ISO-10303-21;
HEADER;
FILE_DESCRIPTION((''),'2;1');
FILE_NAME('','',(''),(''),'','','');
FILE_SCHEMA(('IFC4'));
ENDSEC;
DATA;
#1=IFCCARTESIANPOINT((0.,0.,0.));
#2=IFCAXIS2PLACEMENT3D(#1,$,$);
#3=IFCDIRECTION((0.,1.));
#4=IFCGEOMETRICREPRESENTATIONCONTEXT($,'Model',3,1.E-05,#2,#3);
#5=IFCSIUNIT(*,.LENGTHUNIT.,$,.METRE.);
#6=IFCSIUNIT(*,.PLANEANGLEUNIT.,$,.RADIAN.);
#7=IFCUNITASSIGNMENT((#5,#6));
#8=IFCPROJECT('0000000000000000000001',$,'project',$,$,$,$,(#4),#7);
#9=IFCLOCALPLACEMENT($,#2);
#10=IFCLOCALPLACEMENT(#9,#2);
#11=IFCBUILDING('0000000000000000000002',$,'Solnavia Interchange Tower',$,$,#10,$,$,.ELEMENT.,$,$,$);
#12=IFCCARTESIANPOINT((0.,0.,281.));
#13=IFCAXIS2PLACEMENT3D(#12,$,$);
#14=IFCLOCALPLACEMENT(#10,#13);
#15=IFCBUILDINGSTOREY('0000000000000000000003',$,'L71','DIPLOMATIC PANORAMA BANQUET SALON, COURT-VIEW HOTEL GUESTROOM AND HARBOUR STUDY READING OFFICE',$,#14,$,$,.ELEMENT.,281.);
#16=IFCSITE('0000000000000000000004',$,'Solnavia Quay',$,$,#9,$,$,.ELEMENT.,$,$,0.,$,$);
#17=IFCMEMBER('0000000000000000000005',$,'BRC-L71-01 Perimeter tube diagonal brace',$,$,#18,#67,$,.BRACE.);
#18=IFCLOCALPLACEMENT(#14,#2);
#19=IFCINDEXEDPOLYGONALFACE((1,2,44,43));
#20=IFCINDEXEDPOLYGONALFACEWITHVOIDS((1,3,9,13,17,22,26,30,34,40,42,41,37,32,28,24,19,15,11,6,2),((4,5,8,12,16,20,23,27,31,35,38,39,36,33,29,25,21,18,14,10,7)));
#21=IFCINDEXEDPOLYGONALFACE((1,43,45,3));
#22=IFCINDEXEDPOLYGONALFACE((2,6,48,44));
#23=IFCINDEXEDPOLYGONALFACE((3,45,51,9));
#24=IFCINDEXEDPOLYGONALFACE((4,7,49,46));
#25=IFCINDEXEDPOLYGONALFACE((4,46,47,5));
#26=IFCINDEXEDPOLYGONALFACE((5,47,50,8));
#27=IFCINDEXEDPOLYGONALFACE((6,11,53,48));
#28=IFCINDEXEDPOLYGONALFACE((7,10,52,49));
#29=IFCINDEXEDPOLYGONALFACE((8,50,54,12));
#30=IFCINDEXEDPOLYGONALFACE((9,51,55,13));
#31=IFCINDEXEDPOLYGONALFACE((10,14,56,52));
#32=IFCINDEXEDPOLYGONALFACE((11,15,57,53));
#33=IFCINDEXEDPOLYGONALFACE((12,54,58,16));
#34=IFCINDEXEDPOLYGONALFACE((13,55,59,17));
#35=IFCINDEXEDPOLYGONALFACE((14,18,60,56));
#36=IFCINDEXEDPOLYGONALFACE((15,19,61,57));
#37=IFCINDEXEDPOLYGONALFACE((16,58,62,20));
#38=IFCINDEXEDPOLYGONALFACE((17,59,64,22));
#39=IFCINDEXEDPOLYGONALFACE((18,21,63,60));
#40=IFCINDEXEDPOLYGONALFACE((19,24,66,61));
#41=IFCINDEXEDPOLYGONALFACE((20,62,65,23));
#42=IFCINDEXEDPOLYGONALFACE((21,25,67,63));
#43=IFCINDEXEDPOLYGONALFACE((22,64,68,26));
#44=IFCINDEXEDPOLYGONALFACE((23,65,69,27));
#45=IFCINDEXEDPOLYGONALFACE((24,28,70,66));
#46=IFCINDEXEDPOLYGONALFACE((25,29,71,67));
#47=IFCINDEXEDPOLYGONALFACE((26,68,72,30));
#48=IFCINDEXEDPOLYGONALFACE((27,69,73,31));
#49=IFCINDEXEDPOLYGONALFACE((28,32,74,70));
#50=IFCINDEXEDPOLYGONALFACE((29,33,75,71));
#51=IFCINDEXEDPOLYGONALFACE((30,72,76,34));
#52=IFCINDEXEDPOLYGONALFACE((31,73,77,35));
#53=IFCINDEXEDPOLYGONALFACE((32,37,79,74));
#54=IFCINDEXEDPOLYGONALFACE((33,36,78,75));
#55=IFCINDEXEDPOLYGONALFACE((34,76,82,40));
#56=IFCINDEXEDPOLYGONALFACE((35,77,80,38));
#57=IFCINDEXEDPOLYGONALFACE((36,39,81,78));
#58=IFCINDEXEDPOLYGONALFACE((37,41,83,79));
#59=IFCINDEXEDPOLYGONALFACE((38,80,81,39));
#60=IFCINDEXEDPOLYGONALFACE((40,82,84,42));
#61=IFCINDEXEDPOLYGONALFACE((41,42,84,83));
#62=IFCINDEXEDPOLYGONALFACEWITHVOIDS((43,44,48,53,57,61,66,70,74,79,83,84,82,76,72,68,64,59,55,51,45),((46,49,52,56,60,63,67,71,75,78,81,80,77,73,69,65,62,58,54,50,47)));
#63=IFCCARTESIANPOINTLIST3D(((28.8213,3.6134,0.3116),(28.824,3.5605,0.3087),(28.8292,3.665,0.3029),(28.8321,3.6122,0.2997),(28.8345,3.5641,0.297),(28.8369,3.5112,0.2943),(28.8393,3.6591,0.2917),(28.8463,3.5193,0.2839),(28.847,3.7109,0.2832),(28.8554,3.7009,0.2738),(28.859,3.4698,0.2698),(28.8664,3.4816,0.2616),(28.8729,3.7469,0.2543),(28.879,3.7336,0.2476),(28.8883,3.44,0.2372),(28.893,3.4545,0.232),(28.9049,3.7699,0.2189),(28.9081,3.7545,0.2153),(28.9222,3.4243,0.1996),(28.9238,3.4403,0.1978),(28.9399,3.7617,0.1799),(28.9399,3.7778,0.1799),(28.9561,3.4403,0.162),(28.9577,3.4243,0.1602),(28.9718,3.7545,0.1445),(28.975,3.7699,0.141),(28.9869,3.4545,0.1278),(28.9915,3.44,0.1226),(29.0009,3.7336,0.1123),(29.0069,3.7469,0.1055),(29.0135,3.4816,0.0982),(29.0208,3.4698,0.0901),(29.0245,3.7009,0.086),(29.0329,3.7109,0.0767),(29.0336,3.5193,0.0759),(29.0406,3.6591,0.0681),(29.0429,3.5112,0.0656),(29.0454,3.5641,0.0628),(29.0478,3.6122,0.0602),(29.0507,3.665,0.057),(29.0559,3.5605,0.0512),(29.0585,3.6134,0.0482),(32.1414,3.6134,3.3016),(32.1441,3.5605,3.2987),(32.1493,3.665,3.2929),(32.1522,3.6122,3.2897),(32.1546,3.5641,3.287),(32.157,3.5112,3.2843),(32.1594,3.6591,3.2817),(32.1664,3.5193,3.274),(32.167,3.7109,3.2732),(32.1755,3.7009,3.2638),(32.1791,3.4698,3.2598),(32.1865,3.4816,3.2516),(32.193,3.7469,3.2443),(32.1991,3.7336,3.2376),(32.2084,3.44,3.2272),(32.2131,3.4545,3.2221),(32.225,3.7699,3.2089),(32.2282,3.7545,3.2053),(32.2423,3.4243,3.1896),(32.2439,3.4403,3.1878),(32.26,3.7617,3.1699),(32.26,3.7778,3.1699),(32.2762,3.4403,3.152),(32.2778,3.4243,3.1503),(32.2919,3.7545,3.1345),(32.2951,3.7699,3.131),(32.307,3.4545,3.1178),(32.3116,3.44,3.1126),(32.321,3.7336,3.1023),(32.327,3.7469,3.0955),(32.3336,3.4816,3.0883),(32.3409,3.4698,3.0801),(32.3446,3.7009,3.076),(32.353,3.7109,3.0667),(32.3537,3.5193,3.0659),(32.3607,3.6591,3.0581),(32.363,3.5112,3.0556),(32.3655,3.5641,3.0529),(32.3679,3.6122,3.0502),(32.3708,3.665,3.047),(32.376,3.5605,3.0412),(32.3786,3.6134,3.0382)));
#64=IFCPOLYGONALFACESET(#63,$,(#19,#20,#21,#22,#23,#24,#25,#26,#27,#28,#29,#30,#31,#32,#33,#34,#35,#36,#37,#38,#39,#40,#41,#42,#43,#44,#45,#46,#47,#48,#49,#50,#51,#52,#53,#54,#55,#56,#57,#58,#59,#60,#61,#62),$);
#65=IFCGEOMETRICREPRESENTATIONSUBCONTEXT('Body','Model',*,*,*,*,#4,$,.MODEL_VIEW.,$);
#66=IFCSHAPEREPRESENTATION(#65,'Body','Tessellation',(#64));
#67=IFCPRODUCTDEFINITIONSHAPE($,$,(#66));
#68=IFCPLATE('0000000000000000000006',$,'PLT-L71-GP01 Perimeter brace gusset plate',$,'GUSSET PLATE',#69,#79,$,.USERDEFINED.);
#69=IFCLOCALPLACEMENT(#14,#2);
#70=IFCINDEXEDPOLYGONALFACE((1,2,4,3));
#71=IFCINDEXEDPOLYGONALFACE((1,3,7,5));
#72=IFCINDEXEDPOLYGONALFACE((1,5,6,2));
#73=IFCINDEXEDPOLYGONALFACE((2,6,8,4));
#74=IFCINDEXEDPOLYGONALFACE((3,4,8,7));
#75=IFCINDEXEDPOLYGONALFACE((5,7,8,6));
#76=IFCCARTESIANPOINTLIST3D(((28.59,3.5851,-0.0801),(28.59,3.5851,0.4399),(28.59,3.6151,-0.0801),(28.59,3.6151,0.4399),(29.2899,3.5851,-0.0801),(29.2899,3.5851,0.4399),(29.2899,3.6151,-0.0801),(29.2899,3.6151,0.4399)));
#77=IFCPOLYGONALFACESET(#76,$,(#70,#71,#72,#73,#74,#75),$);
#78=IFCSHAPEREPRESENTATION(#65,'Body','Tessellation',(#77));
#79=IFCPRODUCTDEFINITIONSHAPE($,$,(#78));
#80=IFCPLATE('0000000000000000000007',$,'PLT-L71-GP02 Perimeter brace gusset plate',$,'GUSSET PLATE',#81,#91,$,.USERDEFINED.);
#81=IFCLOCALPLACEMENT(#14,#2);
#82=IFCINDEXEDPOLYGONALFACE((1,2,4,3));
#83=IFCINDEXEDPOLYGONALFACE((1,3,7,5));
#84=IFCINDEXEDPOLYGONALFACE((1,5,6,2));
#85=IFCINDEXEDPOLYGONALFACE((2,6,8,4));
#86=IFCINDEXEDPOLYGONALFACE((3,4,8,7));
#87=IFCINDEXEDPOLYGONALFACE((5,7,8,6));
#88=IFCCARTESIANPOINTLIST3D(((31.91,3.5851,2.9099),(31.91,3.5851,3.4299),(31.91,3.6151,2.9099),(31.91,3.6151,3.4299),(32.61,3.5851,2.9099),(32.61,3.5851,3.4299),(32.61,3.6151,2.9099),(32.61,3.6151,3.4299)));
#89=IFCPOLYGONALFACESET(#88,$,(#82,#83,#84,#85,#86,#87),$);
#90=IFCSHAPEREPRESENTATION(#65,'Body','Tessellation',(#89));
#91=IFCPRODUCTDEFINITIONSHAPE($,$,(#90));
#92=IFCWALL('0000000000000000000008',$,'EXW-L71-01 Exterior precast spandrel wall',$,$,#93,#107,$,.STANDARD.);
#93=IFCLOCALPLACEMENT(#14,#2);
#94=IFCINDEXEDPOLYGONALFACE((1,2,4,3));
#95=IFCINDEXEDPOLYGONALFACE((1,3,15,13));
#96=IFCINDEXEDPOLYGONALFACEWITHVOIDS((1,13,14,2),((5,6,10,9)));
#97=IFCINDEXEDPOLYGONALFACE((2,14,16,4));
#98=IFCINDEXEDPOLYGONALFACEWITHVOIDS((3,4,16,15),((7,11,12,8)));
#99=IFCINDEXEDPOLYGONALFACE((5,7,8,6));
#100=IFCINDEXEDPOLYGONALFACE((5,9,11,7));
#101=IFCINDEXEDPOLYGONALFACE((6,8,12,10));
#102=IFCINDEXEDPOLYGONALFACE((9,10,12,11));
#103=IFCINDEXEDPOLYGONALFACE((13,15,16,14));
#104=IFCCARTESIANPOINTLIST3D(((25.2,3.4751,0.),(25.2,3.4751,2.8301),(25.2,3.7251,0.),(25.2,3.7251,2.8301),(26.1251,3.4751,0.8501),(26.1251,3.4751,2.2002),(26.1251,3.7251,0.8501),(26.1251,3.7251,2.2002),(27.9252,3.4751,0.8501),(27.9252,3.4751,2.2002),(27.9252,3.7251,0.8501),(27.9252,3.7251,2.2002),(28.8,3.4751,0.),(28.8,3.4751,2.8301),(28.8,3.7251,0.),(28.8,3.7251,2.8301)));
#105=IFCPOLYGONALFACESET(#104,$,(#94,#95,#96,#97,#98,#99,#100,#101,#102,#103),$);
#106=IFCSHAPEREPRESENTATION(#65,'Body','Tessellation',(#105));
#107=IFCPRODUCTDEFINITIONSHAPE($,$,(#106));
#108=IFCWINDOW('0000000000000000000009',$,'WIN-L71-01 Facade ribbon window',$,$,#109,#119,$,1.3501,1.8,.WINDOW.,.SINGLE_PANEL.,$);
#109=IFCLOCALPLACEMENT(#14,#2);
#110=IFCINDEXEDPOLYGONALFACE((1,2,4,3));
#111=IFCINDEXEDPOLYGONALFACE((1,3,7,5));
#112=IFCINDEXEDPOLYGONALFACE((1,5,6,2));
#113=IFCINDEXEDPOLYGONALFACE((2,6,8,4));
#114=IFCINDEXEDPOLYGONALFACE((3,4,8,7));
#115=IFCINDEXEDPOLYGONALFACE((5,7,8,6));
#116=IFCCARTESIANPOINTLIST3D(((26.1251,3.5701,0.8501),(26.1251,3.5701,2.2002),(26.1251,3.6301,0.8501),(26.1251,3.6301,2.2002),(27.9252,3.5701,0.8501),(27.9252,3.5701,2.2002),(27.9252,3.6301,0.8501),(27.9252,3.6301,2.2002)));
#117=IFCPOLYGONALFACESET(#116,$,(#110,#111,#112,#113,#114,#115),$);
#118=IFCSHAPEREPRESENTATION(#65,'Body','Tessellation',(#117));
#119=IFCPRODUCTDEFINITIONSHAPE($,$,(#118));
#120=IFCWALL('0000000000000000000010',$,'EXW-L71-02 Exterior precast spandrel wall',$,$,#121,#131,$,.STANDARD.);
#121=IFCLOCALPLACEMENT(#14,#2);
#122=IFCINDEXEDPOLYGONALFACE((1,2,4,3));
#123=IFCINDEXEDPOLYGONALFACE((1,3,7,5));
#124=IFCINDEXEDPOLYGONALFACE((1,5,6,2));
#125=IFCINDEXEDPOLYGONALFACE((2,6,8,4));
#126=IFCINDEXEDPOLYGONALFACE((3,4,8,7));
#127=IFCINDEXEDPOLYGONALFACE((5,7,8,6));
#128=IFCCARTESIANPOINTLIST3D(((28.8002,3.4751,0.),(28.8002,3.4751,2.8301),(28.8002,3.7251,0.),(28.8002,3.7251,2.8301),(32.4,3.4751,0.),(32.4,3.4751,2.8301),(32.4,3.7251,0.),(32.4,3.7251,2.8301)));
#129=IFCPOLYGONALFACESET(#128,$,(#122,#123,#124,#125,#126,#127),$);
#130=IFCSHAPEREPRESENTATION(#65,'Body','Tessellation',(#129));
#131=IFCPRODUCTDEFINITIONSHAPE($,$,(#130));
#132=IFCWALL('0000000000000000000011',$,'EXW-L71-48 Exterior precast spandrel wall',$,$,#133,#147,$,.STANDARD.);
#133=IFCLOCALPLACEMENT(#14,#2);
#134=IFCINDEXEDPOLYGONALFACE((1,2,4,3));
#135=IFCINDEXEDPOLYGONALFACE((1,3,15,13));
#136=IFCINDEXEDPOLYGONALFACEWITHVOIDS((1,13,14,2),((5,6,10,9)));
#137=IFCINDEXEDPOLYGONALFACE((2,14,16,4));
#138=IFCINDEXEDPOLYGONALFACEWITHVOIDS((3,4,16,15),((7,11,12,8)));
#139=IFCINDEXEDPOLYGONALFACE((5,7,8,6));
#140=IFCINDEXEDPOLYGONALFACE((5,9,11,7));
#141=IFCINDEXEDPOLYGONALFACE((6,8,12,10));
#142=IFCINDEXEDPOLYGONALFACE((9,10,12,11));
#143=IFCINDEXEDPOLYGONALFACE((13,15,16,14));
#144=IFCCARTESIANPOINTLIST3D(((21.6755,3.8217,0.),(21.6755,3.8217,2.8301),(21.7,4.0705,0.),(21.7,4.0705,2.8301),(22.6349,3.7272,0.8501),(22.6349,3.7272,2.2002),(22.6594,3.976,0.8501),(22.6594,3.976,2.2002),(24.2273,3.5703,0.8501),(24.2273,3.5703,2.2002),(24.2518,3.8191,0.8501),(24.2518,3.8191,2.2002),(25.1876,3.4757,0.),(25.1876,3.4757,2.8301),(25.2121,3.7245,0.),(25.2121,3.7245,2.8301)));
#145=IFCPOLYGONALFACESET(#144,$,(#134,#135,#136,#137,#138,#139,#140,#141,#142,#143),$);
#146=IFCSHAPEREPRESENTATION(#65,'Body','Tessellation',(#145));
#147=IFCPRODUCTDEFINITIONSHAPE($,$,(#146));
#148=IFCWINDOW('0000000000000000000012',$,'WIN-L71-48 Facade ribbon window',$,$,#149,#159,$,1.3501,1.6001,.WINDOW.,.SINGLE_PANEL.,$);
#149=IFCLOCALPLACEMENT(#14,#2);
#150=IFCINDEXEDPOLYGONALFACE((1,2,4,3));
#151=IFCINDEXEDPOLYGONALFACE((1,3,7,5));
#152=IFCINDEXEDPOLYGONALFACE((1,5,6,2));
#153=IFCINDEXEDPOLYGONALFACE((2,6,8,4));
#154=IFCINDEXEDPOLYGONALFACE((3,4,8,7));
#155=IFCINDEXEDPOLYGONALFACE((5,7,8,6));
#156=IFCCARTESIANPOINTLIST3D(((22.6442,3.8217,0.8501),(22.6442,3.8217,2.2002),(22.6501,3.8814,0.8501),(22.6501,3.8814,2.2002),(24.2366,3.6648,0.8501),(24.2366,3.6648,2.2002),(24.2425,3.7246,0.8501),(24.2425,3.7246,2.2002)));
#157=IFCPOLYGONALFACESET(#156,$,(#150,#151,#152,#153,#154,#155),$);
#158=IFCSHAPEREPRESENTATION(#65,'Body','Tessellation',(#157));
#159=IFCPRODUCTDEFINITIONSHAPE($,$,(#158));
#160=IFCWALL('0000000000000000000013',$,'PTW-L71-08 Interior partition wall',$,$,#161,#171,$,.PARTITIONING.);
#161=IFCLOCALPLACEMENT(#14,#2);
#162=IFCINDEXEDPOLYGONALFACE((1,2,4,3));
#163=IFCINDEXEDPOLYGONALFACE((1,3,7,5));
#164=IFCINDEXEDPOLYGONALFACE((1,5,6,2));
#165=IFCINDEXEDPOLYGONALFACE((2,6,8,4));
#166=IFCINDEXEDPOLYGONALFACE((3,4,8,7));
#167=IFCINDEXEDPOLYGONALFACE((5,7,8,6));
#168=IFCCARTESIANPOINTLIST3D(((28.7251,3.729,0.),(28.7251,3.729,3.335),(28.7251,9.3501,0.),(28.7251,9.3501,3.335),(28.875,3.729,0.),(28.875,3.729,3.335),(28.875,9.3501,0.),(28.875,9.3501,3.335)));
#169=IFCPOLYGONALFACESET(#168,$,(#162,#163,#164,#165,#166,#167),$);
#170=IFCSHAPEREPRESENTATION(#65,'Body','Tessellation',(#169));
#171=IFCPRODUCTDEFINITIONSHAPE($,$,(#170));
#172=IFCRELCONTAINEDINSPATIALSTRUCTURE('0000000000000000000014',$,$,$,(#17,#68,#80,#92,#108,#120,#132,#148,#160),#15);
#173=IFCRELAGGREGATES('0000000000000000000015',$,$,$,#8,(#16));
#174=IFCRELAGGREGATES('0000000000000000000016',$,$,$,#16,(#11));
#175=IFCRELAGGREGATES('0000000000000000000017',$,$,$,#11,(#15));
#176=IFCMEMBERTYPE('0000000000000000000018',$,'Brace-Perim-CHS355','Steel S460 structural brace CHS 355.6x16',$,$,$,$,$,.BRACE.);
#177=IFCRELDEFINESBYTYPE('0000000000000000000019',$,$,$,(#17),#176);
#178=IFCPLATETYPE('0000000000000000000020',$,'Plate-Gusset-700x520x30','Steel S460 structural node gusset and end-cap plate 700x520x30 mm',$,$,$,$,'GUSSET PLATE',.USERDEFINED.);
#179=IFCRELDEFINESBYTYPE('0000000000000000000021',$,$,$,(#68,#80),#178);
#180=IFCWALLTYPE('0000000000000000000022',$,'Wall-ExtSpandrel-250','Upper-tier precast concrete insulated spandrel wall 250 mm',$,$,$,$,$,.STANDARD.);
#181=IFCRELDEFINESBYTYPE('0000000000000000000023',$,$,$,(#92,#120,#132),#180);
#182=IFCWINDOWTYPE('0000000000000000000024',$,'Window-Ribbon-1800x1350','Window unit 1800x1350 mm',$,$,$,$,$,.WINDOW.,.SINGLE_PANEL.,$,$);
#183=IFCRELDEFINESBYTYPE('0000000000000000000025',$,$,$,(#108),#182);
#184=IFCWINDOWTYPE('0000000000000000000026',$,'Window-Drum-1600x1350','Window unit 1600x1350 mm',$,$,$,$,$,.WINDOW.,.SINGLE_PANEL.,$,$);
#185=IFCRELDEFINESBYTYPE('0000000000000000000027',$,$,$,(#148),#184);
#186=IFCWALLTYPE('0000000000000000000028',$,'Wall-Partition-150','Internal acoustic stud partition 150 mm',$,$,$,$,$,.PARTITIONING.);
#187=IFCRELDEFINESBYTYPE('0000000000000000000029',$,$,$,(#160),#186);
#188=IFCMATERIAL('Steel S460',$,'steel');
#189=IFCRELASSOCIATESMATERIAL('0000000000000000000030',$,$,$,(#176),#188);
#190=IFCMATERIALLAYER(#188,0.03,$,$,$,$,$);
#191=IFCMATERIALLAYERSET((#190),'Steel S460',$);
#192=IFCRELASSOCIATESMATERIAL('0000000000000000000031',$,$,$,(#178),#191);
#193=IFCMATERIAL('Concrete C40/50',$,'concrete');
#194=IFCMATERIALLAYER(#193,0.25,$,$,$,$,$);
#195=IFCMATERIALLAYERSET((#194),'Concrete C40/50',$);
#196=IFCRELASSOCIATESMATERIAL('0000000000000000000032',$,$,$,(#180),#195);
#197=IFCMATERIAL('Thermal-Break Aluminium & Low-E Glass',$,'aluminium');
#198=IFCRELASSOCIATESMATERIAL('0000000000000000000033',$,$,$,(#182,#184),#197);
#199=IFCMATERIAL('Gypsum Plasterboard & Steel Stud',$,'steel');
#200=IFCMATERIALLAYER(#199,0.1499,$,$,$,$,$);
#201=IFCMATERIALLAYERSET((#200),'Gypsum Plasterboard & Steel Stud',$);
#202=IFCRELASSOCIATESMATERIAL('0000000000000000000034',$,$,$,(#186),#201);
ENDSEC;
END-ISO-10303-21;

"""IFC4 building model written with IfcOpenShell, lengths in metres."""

from ifc_helpers import new_model, si_unit, direction, frame, frame_2d, origin, origin_2d, place, context, subcontext, project, spatial, rectangle, hollow_circle, extrude, material, layer, layer_set, material_profile, profile_set, type_object, element, fill, save


model = new_model("IFC4")

# Units and contexts
model_context = context("Model", 3, precision=1e-05, world=origin(), true_north=direction((0.0, 1.0)))
body_context = subcontext(model_context, "Body", "Model", "MODEL_VIEW")
ifc_project = project(units=[si_unit("LENGTHUNIT", "METRE"), si_unit("PLANEANGLEUNIT", "RADIAN")], contexts=[model_context])

# Site, building, storey
site_placement = place(None, origin())
site = spatial("IfcSite", under=ifc_project, at=site_placement, Name="Solnavia Quay", CompositionType="ELEMENT", RefElevation=0.0)
building_placement = place(site_placement, origin())
building = spatial("IfcBuilding", under=site, at=building_placement, Name="Solnavia Interchange Tower", CompositionType="ELEMENT")
storey_placement = place(building_placement, frame((0.0, 0.0, 281.0)))
storey = spatial("IfcBuildingStorey", under=building, at=storey_placement, Name="L71", Description="DIPLOMATIC PANORAMA BANQUET SALON, COURT-VIEW HOTEL GUESTROOM AND HARBOUR STUDY READING OFFICE", CompositionType="ELEMENT", Elevation=281.0)

# Shared definitions
ifc_material_1 = material(Name="Steel S460", Category="steel")

# Member
ifc_material_profile_1 = material_profile(ifc_material_1, hollow_circle(Radius=0.1777, WallThickness=0.0161, at=origin_2d()), Name="CHS 355.6x16")
ifc_profile_set_1 = profile_set([ifc_material_profile_1], Name="Steel S460")
member_type = type_object("IfcMemberType", Name="Brace-Perim-CHS355", Description="Steel S460 structural brace CHS 355.6x16", PredefinedType="BRACE", material=ifc_profile_set_1)
member_placement = place(storey_placement, frame((28.9399, 3.6001, 0.1799), z_axis=(0.743079, 0.0, 0.669203), x_axis=(0.0, 1.0, 0.0)))
element("IfcMember", 1, at=member_placement, inside=storey, type_object=member_type, Name="BRC-L71-01 Perimeter tube diagonal brace", PredefinedType="BRACE", context=body_context, shape_type="SweptSolid", body=[
    extrude(hollow_circle(Radius=0.1777, WallThickness=0.0161, at=origin_2d()), origin(), (0.0, 0.0, 1.0), 4.468),
])

# Plates
ifc_layer_1 = layer(ifc_material_1, 0.03)
ifc_layer_set_1 = layer_set([ifc_layer_1], Name="Steel S460")
plate_type = type_object("IfcPlateType", Name="Plate-Gusset-700x520x30", Description="Steel S460 structural node gusset and end-cap plate 700x520x30 mm", ElementType="GUSSET PLATE", PredefinedType="USERDEFINED", material=ifc_layer_set_1)
for number, where, z_axis, x_axis, name in (
    (2, (28.9399, 3.6001, -0.0801), (0.0, 0.0, 1.0), (1.0, 0.0, 0.0), "PLT-L71-GP01 Perimeter brace gusset plate"),
    (3, (32.26, 3.6001, 2.9099), (0.0, 0.0, 1.0), (1.0, 0.0, 0.0), "PLT-L71-GP02 Perimeter brace gusset plate"),
):
    element("IfcPlate", number, at=place(storey_placement, frame(where, z_axis=z_axis, x_axis=x_axis)), inside=storey, type_object=plate_type, Name=name, ObjectType="GUSSET PLATE", PredefinedType="USERDEFINED", context=body_context, shape_type="SweptSolid", body=[
        extrude(rectangle(XDim=0.7, YDim=0.03, at=origin_2d()), origin(), (0.0, 0.0, 1.0), 0.52),
    ])

# Wall, opening, window
ifc_material_2 = material(Name="Concrete C40/50", Category="concrete")
ifc_layer_2 = layer(ifc_material_2, 0.25)
ifc_layer_set_2 = layer_set([ifc_layer_2], Name="Concrete C40/50")
wall_type_1 = type_object("IfcWallType", Name="Wall-ExtSpandrel-250", Description="Upper-tier precast concrete insulated spandrel wall 250 mm", PredefinedType="STANDARD", material=ifc_layer_set_2)
wall_1_placement = place(storey_placement, frame((28.8, 3.6001, 0.0), z_axis=(0.0, 0.0, 1.0), x_axis=(-1.0, 0.0, 0.0)))
wall_1 = element("IfcWall", 4, at=wall_1_placement, inside=storey, type_object=wall_type_1, Name="EXW-L71-01 Exterior precast spandrel wall", PredefinedType="STANDARD", context=body_context, shape_type="SweptSolid", body=[
    extrude(rectangle(XDim=3.6001, YDim=0.25, at=frame_2d((1.8, 0.0))), origin(), (0.0, 0.0, 1.0), 2.8301),
])
opening_1_placement = place(wall_1_placement, frame((0.875, 0.0, 0.8501)))
opening_1 = element("IfcOpeningElement", 5, at=opening_1_placement, cuts=wall_1, PredefinedType="OPENING", context=body_context, shape_type="SweptSolid", body=[
    extrude(rectangle(XDim=1.8, YDim=1.3501, at=frame_2d((0.8999, 0.675))), frame((0.0, 0.135, 0.0), z_axis=(0.0, -1.0, 0.0), x_axis=(1.0, 0.0, 0.0)), (0.0, 0.0, 1.0), 0.27),
])
ifc_material_3 = material(Name="Thermal-Break Aluminium & Low-E Glass", Category="aluminium")
window_type_1 = type_object("IfcWindowType", Name="Window-Ribbon-1800x1350", Description="Window unit 1800x1350 mm", PartitioningType="SINGLE_PANEL", PredefinedType="WINDOW", material=ifc_material_3)
window_1_placement = place(opening_1_placement, origin())
window_1 = element("IfcWindow", 6, at=window_1_placement, inside=storey, type_object=window_type_1, Name="WIN-L71-01 Facade ribbon window", OverallHeight=1.3501, OverallWidth=1.8, PartitioningType="SINGLE_PANEL", PredefinedType="WINDOW", context=body_context, shape_type="SweptSolid", body=[
    extrude(rectangle(XDim=1.8, YDim=1.3501, at=frame_2d((0.8999, 0.675))), frame((0.0, 0.03, 0.0), z_axis=(0.0, -1.0, 0.0), x_axis=(1.0, 0.0, 0.0)), (0.0, 0.0, 1.0), 0.0601),
])
fill(opening_1, window_1)

# Wall
wall_2_placement = place(storey_placement, frame((32.3999, 3.6001, 0.0), z_axis=(0.0, 0.0, 1.0), x_axis=(-1.0, 0.0, 0.0)))
element("IfcWall", 7, at=wall_2_placement, inside=storey, type_object=wall_type_1, Name="EXW-L71-02 Exterior precast spandrel wall", PredefinedType="STANDARD", context=body_context, shape_type="SweptSolid", body=[
    extrude(rectangle(XDim=3.5999, YDim=0.25, at=frame_2d((1.7998, 0.0))), origin(), (0.0, 0.0, 1.0), 2.8301),
])

# Wall, opening, window
wall_3_placement = place(storey_placement, frame((25.2, 3.6001, 0.0), z_axis=(0.0, 0.0, 1.0), x_axis=(-0.995183, 0.098031, 0.0)))
wall_3 = element("IfcWall", 8, at=wall_3_placement, inside=storey, type_object=wall_type_1, Name="EXW-L71-48 Exterior precast spandrel wall", PredefinedType="STANDARD", context=body_context, shape_type="SweptSolid", body=[
    extrude(rectangle(XDim=3.5291, YDim=0.25, at=frame_2d((1.7646, 0.0))), origin(), (0.0, 0.0, 1.0), 2.8301),
])
opening_2_placement = place(wall_3_placement, frame((0.9651, 0.0, 0.8501)))
opening_2 = element("IfcOpeningElement", 9, at=opening_2_placement, cuts=wall_3, PredefinedType="OPENING", context=body_context, shape_type="SweptSolid", body=[
    extrude(rectangle(XDim=1.6001, YDim=1.3501, at=frame_2d((0.8, 0.675))), frame((0.0, 0.135, 0.0), z_axis=(0.0, -1.0, 0.0), x_axis=(1.0, 0.0, 0.0)), (0.0, 0.0, 1.0), 0.27),
])
window_type_2 = type_object("IfcWindowType", Name="Window-Drum-1600x1350", Description="Window unit 1600x1350 mm", PartitioningType="SINGLE_PANEL", PredefinedType="WINDOW", material=ifc_material_3)
window_2_placement = place(opening_2_placement, origin())
window_2 = element("IfcWindow", 10, at=window_2_placement, inside=storey, type_object=window_type_2, Name="WIN-L71-48 Facade ribbon window", OverallHeight=1.3501, OverallWidth=1.6001, PartitioningType="SINGLE_PANEL", PredefinedType="WINDOW", context=body_context, shape_type="SweptSolid", body=[
    extrude(rectangle(XDim=1.6001, YDim=1.3501, at=frame_2d((0.8, 0.675))), frame((0.0, 0.03, 0.0), z_axis=(0.0, -1.0, 0.0), x_axis=(1.0, 0.0, 0.0)), (0.0, 0.0, 1.0), 0.0601),
])
fill(opening_2, window_2)

# Wall
ifc_material_4 = material(Name="Gypsum Plasterboard & Steel Stud", Category="steel")
ifc_layer_3 = layer(ifc_material_4, 0.1499)
ifc_layer_set_3 = layer_set([ifc_layer_3], Name="Gypsum Plasterboard & Steel Stud")
wall_type_2 = type_object("IfcWallType", Name="Wall-Partition-150", Description="Internal acoustic stud partition 150 mm", PredefinedType="PARTITIONING", material=ifc_layer_set_3)
wall_4_placement = place(storey_placement, frame((28.8, 9.3501, 0.0), z_axis=(0.0, 0.0, 1.0), x_axis=(0.0, -1.0, 0.0)))
element("IfcWall", 11, at=wall_4_placement, inside=storey, type_object=wall_type_2, Name="PTW-L71-08 Interior partition wall", PredefinedType="PARTITIONING", context=body_context, shape_type="SweptSolid", body=[
    extrude(rectangle(XDim=5.6211, YDim=0.1499, at=frame_2d((2.8105, 0.0))), origin(), (0.0, 0.0, 1.0), 3.335),
])

save(model, "model.ifc")
